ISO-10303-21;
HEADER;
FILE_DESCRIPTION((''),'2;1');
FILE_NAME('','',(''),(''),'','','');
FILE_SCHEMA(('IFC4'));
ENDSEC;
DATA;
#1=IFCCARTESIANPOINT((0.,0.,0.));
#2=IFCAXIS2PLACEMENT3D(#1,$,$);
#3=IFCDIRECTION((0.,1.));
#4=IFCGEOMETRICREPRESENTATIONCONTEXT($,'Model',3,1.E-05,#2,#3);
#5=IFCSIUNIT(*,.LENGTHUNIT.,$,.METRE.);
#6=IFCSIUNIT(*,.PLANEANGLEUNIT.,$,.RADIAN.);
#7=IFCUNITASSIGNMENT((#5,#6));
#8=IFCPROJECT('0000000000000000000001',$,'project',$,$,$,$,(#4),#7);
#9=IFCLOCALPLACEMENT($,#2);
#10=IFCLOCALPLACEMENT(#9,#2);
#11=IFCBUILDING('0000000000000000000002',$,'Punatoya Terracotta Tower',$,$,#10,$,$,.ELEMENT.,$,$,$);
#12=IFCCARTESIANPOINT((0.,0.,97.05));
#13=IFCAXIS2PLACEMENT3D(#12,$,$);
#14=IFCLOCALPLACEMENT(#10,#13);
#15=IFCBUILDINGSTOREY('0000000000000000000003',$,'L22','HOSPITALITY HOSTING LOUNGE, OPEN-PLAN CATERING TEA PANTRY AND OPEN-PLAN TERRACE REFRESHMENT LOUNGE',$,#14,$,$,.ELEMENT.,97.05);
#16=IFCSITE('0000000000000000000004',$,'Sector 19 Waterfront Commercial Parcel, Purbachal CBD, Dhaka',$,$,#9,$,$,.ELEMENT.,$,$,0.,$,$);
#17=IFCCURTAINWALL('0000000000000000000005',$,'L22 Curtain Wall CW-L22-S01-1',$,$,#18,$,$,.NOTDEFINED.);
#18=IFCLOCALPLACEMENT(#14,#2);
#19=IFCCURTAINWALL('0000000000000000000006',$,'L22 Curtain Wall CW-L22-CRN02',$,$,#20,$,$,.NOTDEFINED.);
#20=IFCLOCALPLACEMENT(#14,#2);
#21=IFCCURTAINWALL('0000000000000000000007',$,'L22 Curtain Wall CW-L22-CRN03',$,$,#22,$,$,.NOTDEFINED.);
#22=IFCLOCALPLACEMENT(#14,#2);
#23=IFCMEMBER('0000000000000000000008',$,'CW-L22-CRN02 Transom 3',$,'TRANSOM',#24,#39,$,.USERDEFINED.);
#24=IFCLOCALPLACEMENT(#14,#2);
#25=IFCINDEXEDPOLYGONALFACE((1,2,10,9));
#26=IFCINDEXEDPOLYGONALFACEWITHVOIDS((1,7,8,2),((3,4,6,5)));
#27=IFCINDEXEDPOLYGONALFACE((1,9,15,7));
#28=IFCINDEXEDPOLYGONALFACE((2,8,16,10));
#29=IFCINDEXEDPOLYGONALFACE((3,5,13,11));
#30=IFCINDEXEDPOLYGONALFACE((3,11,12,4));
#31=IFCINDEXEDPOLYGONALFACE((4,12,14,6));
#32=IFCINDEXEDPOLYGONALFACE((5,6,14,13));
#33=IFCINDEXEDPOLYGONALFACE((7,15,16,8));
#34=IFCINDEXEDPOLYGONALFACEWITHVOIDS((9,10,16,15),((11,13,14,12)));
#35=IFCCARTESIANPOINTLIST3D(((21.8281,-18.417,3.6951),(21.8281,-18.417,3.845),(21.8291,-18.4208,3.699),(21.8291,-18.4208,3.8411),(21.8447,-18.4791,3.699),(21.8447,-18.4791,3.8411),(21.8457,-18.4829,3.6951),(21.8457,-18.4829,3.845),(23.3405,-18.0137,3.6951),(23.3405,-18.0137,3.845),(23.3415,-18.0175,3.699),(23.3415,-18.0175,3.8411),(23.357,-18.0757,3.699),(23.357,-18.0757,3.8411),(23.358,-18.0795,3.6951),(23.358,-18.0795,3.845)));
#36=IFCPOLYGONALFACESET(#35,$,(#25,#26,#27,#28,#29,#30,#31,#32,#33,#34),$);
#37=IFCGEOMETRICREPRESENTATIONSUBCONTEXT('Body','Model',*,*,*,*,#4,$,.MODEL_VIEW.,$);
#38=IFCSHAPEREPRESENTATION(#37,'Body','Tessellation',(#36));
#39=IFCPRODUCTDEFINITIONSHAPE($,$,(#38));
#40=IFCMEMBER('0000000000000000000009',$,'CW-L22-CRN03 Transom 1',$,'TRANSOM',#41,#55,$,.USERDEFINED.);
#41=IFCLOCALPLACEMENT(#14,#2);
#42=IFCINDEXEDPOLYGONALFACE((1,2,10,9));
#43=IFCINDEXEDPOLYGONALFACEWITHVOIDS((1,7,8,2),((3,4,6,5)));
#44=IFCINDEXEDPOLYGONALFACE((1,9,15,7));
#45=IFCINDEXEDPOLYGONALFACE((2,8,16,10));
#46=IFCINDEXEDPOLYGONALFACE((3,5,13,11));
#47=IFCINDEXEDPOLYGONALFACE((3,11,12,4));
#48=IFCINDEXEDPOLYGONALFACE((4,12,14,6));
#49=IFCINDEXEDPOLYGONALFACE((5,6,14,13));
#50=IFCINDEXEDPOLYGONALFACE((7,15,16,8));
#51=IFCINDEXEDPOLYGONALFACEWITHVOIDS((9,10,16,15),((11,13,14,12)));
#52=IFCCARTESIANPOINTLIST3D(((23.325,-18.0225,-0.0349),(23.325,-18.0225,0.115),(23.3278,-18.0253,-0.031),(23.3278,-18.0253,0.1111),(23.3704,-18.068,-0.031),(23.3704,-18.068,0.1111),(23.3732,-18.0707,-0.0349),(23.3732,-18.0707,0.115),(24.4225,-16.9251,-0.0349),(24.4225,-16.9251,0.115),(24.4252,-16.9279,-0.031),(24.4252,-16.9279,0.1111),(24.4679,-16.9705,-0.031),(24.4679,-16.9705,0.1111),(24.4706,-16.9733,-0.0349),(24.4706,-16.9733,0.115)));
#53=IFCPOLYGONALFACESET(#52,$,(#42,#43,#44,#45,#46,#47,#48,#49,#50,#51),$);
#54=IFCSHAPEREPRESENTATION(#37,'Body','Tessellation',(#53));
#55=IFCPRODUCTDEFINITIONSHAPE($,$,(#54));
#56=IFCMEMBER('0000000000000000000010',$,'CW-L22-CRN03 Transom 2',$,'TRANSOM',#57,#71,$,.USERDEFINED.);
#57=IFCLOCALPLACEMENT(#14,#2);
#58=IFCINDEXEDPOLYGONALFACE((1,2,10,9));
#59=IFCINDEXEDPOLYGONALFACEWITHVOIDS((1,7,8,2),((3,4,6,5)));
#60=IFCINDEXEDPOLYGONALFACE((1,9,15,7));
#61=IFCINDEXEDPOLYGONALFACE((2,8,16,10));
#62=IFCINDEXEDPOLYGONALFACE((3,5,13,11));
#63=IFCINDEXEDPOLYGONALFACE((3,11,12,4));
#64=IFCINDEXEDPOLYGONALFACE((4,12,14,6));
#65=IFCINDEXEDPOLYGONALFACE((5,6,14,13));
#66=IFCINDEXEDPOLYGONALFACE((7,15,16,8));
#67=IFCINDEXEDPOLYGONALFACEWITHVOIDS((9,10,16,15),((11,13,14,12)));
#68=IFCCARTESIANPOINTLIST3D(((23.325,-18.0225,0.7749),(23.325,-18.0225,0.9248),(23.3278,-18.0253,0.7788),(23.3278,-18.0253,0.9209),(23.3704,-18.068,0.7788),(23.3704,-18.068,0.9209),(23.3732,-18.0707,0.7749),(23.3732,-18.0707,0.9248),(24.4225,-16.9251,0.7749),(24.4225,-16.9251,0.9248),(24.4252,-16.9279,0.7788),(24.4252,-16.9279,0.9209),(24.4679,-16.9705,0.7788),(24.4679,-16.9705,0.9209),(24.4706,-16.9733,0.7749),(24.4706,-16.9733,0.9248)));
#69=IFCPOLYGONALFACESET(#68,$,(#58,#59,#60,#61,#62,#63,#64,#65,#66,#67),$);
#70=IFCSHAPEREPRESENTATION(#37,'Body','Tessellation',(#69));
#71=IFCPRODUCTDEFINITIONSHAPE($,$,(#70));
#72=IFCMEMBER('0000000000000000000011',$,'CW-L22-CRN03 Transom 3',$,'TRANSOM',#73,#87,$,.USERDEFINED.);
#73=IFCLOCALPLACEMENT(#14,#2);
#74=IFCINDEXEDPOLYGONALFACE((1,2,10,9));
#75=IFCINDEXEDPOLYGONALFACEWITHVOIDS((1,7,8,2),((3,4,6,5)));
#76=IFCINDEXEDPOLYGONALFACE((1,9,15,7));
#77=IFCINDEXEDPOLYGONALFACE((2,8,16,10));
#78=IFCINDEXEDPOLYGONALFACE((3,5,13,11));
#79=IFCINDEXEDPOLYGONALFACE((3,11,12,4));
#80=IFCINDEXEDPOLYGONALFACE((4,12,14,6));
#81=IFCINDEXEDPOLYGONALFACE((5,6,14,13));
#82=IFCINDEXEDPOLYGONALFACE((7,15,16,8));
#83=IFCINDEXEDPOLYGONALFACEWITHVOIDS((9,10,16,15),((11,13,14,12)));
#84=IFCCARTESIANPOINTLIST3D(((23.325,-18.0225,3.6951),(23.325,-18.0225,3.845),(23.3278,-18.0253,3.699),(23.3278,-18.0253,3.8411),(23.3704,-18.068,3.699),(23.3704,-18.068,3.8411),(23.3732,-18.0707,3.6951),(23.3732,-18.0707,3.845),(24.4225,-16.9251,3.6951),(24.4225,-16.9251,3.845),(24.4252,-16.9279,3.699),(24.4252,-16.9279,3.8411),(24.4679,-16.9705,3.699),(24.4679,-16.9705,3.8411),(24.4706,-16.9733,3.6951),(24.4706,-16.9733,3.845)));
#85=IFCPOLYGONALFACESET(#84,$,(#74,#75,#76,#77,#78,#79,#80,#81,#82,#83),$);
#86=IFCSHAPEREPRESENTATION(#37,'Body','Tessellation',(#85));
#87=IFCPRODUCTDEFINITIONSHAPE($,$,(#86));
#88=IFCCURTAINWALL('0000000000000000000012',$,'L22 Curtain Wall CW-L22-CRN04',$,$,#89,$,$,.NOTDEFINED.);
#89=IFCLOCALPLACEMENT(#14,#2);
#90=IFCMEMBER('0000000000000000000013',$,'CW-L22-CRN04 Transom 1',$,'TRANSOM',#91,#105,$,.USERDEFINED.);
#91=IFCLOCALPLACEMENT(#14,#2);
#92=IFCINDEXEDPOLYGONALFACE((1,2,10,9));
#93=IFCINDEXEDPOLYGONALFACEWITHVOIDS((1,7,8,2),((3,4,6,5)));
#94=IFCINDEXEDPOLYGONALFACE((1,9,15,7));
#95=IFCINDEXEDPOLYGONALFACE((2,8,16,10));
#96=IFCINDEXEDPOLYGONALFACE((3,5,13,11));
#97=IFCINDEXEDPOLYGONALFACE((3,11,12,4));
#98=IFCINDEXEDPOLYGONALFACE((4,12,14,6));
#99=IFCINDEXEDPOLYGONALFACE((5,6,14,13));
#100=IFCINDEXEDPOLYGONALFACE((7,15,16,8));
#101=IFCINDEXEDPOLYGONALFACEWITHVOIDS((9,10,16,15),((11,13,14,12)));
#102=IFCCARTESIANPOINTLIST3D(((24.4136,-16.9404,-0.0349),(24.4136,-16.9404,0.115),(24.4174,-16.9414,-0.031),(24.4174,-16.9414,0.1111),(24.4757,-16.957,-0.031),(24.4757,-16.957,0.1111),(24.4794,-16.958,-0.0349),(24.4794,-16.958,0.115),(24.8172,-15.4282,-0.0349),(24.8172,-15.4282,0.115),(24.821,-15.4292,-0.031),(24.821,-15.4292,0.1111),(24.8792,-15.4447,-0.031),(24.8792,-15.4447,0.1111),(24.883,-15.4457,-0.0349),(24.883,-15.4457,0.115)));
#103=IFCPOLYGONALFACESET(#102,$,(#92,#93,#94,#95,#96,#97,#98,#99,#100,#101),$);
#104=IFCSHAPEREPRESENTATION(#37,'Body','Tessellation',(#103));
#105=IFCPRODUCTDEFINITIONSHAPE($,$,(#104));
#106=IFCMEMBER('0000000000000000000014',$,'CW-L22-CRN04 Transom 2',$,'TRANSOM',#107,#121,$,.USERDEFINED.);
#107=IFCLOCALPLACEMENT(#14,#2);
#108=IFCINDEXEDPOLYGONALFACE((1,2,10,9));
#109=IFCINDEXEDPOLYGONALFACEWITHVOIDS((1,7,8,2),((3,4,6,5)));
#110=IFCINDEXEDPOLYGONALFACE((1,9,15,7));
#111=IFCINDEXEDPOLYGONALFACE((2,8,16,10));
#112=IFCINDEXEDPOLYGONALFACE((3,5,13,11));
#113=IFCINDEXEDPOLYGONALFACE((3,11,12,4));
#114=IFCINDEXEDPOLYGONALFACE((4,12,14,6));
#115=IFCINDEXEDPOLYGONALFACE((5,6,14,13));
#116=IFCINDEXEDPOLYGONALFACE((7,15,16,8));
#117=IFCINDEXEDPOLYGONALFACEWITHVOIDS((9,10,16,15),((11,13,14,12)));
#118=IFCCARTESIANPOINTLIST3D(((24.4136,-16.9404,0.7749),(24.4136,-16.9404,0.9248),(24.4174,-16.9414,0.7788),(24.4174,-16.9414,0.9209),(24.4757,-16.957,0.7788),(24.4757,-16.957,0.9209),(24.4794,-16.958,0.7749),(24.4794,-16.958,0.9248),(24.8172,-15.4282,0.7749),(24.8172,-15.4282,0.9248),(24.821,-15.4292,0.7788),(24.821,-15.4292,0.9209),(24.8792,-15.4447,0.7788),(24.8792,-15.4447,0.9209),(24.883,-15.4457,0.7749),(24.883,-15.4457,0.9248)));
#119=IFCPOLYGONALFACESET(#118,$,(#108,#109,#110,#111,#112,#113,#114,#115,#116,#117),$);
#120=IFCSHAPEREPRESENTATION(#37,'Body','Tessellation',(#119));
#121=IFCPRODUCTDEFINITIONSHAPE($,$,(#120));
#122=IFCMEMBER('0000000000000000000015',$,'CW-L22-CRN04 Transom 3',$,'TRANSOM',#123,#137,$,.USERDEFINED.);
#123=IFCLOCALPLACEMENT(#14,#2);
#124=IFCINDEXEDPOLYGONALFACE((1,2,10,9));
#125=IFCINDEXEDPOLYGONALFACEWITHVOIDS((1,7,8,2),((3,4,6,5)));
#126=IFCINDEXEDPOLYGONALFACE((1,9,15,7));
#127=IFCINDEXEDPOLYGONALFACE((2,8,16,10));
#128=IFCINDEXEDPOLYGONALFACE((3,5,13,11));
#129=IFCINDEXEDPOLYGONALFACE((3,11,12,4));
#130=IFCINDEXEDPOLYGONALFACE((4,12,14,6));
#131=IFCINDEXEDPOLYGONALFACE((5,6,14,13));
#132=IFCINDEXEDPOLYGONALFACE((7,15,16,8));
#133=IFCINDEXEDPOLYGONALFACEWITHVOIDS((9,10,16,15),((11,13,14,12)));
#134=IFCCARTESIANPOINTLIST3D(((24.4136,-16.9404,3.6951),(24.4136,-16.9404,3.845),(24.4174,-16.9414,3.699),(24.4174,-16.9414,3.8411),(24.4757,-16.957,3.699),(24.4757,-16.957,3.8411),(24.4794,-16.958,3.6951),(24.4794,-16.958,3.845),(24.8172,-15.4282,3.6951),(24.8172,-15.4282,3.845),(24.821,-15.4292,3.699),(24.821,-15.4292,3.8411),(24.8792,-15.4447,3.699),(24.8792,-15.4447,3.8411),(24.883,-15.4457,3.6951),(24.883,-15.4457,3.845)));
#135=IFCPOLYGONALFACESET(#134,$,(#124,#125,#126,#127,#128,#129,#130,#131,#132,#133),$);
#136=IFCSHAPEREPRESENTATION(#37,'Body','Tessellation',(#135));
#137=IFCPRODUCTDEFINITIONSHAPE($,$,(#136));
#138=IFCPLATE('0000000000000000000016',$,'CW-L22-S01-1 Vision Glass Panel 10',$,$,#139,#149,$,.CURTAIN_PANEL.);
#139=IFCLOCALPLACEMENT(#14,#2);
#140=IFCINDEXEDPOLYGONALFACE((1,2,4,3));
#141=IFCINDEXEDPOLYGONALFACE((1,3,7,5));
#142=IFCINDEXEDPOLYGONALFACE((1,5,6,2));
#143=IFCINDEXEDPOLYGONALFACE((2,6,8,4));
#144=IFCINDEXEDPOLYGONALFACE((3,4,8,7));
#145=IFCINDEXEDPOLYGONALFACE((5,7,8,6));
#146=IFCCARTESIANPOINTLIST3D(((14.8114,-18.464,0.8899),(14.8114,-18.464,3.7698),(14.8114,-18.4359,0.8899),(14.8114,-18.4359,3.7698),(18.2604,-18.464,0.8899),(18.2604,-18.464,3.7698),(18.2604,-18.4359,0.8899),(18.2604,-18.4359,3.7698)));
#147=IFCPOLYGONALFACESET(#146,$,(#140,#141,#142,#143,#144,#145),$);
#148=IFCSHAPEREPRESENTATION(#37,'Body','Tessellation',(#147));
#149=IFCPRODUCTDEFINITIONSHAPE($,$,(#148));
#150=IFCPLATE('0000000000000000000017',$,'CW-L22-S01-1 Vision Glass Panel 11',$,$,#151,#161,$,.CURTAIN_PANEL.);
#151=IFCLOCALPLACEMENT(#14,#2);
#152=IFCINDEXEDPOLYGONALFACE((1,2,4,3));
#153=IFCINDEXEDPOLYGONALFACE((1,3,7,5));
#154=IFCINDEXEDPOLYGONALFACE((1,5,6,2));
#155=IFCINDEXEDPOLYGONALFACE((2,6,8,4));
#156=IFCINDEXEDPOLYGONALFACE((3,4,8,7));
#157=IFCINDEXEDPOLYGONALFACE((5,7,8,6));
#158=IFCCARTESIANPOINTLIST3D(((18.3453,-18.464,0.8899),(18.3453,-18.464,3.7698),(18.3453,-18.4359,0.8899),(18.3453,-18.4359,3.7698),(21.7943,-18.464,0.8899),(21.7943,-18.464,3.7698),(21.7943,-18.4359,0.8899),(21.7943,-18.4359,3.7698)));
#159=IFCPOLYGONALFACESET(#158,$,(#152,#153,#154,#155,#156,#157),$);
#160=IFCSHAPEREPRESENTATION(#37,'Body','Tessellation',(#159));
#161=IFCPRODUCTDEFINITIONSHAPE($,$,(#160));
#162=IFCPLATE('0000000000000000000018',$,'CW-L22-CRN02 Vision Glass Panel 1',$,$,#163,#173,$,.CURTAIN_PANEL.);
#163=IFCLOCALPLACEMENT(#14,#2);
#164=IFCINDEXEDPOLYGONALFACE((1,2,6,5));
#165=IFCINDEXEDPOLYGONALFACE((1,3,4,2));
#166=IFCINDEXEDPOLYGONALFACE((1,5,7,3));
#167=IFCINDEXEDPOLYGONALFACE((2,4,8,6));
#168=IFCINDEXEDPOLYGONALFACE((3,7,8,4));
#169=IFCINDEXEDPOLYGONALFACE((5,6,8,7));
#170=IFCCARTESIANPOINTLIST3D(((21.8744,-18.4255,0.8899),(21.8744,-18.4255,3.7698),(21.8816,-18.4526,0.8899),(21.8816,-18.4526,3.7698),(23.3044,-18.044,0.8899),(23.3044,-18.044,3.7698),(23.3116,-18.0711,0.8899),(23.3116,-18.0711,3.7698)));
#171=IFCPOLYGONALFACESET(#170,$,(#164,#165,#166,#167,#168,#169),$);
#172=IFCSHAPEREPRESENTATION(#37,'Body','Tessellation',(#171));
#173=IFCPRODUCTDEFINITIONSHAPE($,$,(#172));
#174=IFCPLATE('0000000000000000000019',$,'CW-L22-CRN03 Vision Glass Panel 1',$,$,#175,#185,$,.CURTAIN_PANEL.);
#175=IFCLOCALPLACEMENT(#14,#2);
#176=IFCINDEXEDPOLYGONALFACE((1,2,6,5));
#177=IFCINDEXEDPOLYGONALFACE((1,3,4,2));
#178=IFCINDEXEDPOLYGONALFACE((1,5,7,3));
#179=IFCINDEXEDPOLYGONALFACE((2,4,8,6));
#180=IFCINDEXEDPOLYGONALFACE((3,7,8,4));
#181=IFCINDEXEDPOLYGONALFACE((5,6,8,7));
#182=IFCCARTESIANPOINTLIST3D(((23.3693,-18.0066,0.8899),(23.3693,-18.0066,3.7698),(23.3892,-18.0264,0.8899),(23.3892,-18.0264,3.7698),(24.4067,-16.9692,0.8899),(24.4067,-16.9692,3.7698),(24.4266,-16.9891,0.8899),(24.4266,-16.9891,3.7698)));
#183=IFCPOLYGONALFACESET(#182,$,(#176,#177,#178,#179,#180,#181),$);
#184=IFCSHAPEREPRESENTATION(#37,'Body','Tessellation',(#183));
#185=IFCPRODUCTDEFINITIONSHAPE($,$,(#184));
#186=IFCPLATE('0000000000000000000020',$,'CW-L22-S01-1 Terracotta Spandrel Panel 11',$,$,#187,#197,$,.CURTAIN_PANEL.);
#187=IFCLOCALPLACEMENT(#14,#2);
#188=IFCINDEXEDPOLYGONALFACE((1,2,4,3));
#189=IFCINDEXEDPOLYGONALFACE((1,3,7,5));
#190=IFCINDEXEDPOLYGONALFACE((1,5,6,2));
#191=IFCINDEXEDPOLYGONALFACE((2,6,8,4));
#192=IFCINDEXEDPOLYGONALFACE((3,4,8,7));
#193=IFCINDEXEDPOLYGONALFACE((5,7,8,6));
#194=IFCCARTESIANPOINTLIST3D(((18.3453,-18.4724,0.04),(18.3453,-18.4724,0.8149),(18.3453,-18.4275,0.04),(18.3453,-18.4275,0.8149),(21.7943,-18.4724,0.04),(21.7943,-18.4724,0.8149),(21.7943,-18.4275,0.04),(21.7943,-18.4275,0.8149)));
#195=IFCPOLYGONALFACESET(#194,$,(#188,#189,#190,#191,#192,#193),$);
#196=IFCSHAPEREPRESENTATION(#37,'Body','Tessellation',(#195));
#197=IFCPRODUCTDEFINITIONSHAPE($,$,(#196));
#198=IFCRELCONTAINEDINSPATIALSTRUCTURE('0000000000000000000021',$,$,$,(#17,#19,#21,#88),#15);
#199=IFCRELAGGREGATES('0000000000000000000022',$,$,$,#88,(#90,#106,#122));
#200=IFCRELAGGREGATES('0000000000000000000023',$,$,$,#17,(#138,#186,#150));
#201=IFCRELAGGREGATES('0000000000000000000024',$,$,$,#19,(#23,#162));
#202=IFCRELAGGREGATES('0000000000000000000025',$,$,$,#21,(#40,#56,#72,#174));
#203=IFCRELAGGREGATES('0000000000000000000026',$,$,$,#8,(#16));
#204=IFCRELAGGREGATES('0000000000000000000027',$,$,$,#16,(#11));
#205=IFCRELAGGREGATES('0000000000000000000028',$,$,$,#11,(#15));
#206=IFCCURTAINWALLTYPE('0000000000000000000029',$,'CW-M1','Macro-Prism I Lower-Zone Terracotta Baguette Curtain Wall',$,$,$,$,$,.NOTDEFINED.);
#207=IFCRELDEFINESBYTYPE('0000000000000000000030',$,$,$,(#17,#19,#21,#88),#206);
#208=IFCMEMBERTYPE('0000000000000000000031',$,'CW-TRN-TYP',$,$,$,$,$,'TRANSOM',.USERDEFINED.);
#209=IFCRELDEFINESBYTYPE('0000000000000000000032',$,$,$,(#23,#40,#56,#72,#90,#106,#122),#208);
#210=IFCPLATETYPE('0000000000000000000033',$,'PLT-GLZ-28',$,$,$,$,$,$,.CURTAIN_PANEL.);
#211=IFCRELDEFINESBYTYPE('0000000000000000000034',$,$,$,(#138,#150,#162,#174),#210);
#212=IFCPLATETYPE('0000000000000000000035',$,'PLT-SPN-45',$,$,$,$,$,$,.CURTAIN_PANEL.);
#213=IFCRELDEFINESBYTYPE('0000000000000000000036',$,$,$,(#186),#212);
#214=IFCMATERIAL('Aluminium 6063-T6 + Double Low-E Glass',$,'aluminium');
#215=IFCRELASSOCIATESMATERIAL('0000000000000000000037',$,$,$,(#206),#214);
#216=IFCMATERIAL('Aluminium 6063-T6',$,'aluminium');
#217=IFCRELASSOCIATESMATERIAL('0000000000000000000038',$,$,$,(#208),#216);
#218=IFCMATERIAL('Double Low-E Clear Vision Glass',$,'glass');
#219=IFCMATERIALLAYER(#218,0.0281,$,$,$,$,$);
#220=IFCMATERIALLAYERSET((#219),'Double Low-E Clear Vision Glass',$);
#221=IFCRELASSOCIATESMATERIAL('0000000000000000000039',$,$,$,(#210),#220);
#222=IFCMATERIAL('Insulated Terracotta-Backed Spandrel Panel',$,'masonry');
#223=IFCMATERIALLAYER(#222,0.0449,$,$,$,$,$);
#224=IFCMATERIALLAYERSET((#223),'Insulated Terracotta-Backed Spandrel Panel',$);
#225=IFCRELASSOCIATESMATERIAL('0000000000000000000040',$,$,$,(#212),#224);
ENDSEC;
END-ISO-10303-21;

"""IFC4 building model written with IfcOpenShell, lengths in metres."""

from ifc_helpers import new_model, si_unit, direction, frame, origin, origin_2d, place, context, subcontext, project, spatial, rectangle, hollow_rectangle, extrude, material, layer, layer_set, material_profile, profile_set, type_object, element, aggregate, save


model = new_model("IFC4")

# Units and contexts
model_context = context("Model", 3, precision=1e-05, world=origin(), true_north=direction((0.0, 1.0)))
body_context = subcontext(model_context, "Body", "Model", "MODEL_VIEW")
ifc_project = project(units=[si_unit("LENGTHUNIT", "METRE"), si_unit("PLANEANGLEUNIT", "RADIAN")], contexts=[model_context])

# Site, building, storey
site_placement = place(None, origin())
site = spatial("IfcSite", under=ifc_project, at=site_placement, Name="Sector 19 Waterfront Commercial Parcel, Purbachal CBD, Dhaka", CompositionType="ELEMENT", RefElevation=0.0)
building_placement = place(site_placement, origin())
building = spatial("IfcBuilding", under=site, at=building_placement, Name="Punatoya Terracotta Tower", CompositionType="ELEMENT")
storey_placement = place(building_placement, frame((0.0, 0.0, 97.05)))
storey = spatial("IfcBuildingStorey", under=building, at=storey_placement, Name="L22", Description="HOSPITALITY HOSTING LOUNGE, OPEN-PLAN CATERING TEA PANTRY AND OPEN-PLAN TERRACE REFRESHMENT LOUNGE", CompositionType="ELEMENT", Elevation=97.05)

# Curtain walls
ifc_material_1 = material(Name="Aluminium 6063-T6 + Double Low-E Glass", Category="aluminium")
curtain_wall_type = type_object("IfcCurtainWallType", Name="CW-M1", Description="Macro-Prism I Lower-Zone Terracotta Baguette Curtain Wall", PredefinedType="NOTDEFINED", material=ifc_material_1)
curtain_wall_1_placement = place(storey_placement, origin())
curtain_wall_1 = element("IfcCurtainWall", 1, at=curtain_wall_1_placement, inside=storey, type_object=curtain_wall_type, Name="L22 Curtain Wall CW-L22-S01-1", PredefinedType="NOTDEFINED")
ifc_material_2 = material(Name="Aluminium 6063-T6", Category="aluminium")
curtain_wall_2_placement = place(storey_placement, origin())
curtain_wall_2 = element("IfcCurtainWall", 2, at=curtain_wall_2_placement, inside=storey, type_object=curtain_wall_type, Name="L22 Curtain Wall CW-L22-CRN02", PredefinedType="NOTDEFINED")
curtain_wall_3_placement = place(storey_placement, origin())
curtain_wall_3 = element("IfcCurtainWall", 3, at=curtain_wall_3_placement, inside=storey, type_object=curtain_wall_type, Name="L22 Curtain Wall CW-L22-CRN03", PredefinedType="NOTDEFINED")

# Members
ifc_material_profile_1 = material_profile(ifc_material_2, hollow_rectangle(XDim=0.0681, YDim=0.1499, WallThickness=0.0039, at=origin_2d()))
ifc_profile_set_1 = profile_set([ifc_material_profile_1], Name="Aluminium 6063-T6")
member_type_1 = type_object("IfcMemberType", Name="CW-TRN-TYP", ElementType="TRANSOM", PredefinedType="USERDEFINED", material=ifc_profile_set_1)
member_1_placement = place(storey_placement, frame((21.8369, -18.45, 3.77), z_axis=(0.966225, 0.257701, 0.0), x_axis=(-0.257701, 0.966225, 0.0)))
member_1 = element("IfcMember", 4, at=member_1_placement, type_object=member_type_1, Name="CW-L22-CRN02 Transom 3", ObjectType="TRANSOM", PredefinedType="USERDEFINED", context=body_context, shape_type="SweptSolid", body=[
    extrude(hollow_rectangle(XDim=0.0681, YDim=0.1499, WallThickness=0.0039, at=origin_2d()), origin(), (0.0, 0.0, 1.0), 1.5652),
])
member_2_placement = place(storey_placement, frame((23.3491, -18.0466, 0.04), z_axis=(0.707107, 0.707107, 0.0), x_axis=(-0.707107, 0.707107, 0.0)))
member_2 = element("IfcMember", 5, at=member_2_placement, type_object=member_type_1, Name="CW-L22-CRN03 Transom 1", ObjectType="TRANSOM", PredefinedType="USERDEFINED", context=body_context, shape_type="SweptSolid", body=[
    extrude(hollow_rectangle(XDim=0.0681, YDim=0.1499, WallThickness=0.0039, at=origin_2d()), origin(), (0.0, 0.0, 1.0), 1.552),
])
member_3_placement = place(storey_placement, frame((23.3491, -18.0466, 0.8499), z_axis=(0.707107, 0.707107, 0.0), x_axis=(-0.707107, 0.707107, 0.0)))
member_3 = element("IfcMember", 6, at=member_3_placement, type_object=member_type_1, Name="CW-L22-CRN03 Transom 2", ObjectType="TRANSOM", PredefinedType="USERDEFINED", context=body_context, shape_type="SweptSolid", body=[
    extrude(hollow_rectangle(XDim=0.0681, YDim=0.1499, WallThickness=0.0039, at=origin_2d()), origin(), (0.0, 0.0, 1.0), 1.552),
])
member_4_placement = place(storey_placement, frame((23.3491, -18.0466, 3.77), z_axis=(0.707107, 0.707107, 0.0), x_axis=(-0.707107, 0.707107, 0.0)))
member_4 = element("IfcMember", 7, at=member_4_placement, type_object=member_type_1, Name="CW-L22-CRN03 Transom 3", ObjectType="TRANSOM", PredefinedType="USERDEFINED", context=body_context, shape_type="SweptSolid", body=[
    extrude(hollow_rectangle(XDim=0.0681, YDim=0.1499, WallThickness=0.0039, at=origin_2d()), origin(), (0.0, 0.0, 1.0), 1.552),
])

# Curtain wall, members
curtain_wall_4_placement = place(storey_placement, origin())
curtain_wall_4 = element("IfcCurtainWall", 8, at=curtain_wall_4_placement, inside=storey, type_object=curtain_wall_type, Name="L22 Curtain Wall CW-L22-CRN04", PredefinedType="NOTDEFINED")
member_5_placement = place(storey_placement, frame((24.4465, -16.9492, 0.04), z_axis=(0.257847, 0.966186, 0.0), x_axis=(-0.966186, 0.257847, 0.0)))
member_5 = element("IfcMember", 9, at=member_5_placement, type_object=member_type_1, Name="CW-L22-CRN04 Transom 1", ObjectType="TRANSOM", PredefinedType="USERDEFINED", context=body_context, shape_type="SweptSolid", body=[
    extrude(hollow_rectangle(XDim=0.0681, YDim=0.1499, WallThickness=0.0039, at=origin_2d()), origin(), (0.0, 0.0, 1.0), 1.5652),
])
member_6_placement = place(storey_placement, frame((24.4465, -16.9492, 0.8499), z_axis=(0.257847, 0.966186, 0.0), x_axis=(-0.966186, 0.257847, 0.0)))
member_6 = element("IfcMember", 10, at=member_6_placement, type_object=member_type_1, Name="CW-L22-CRN04 Transom 2", ObjectType="TRANSOM", PredefinedType="USERDEFINED", context=body_context, shape_type="SweptSolid", body=[
    extrude(hollow_rectangle(XDim=0.0681, YDim=0.1499, WallThickness=0.0039, at=origin_2d()), origin(), (0.0, 0.0, 1.0), 1.5652),
])
member_7_placement = place(storey_placement, frame((24.4465, -16.9492, 3.77), z_axis=(0.257847, 0.966186, 0.0), x_axis=(-0.966186, 0.257847, 0.0)))
member_7 = element("IfcMember", 11, at=member_7_placement, type_object=member_type_1, Name="CW-L22-CRN04 Transom 3", ObjectType="TRANSOM", PredefinedType="USERDEFINED", context=body_context, shape_type="SweptSolid", body=[
    extrude(hollow_rectangle(XDim=0.0681, YDim=0.1499, WallThickness=0.0039, at=origin_2d()), origin(), (0.0, 0.0, 1.0), 1.5652),
])
aggregate(curtain_wall_4, [member_5, member_6, member_7])

# Plates
ifc_material_3 = material(Name="Double Low-E Clear Vision Glass", Category="glass")
ifc_layer_1 = layer(ifc_material_3, 0.0281)
ifc_layer_set_1 = layer_set([ifc_layer_1], Name="Double Low-E Clear Vision Glass")
plate_type_1 = type_object("IfcPlateType", Name="PLT-GLZ-28", PredefinedType="CURTAIN_PANEL", material=ifc_layer_set_1)
plate_1_placement = place(storey_placement, frame((16.5359, -18.45, 0.8899), z_axis=(0.0, 0.0, 1.0), x_axis=(1.0, 0.0, 0.0)))
plate_1 = element("IfcPlate", 12, at=plate_1_placement, type_object=plate_type_1, Name="CW-L22-S01-1 Vision Glass Panel 10", PredefinedType="CURTAIN_PANEL", context=body_context, shape_type="SweptSolid", body=[
    extrude(rectangle(XDim=3.449, YDim=0.0281, at=origin_2d()), origin(), (0.0, 0.0, 1.0), 2.8799),
])
plate_2_placement = place(storey_placement, frame((20.0698, -18.45, 0.8899), z_axis=(0.0, 0.0, 1.0), x_axis=(1.0, 0.0, 0.0)))
plate_2 = element("IfcPlate", 13, at=plate_2_placement, type_object=plate_type_1, Name="CW-L22-S01-1 Vision Glass Panel 11", PredefinedType="CURTAIN_PANEL", context=body_context, shape_type="SweptSolid", body=[
    extrude(rectangle(XDim=3.449, YDim=0.0281, at=origin_2d()), origin(), (0.0, 0.0, 1.0), 2.8799),
])
plate_3_placement = place(storey_placement, frame((22.593, -18.2483, 0.8899), z_axis=(0.0, 0.0, 1.0), x_axis=(0.966214, 0.257742, 0.0)))
plate_3 = element("IfcPlate", 14, at=plate_3_placement, type_object=plate_type_1, Name="CW-L22-CRN02 Vision Glass Panel 1", PredefinedType="CURTAIN_PANEL", context=body_context, shape_type="SweptSolid", body=[
    extrude(rectangle(XDim=1.48, YDim=0.0281, at=origin_2d()), origin(), (0.0, 0.0, 1.0), 2.8799),
])
plate_4_placement = place(storey_placement, frame((23.8979, -17.4978, 0.8899), z_axis=(0.0, 0.0, 1.0), x_axis=(0.707107, 0.707107, 0.0)))
plate_4 = element("IfcPlate", 15, at=plate_4_placement, type_object=plate_type_1, Name="CW-L22-CRN03 Vision Glass Panel 1", PredefinedType="CURTAIN_PANEL", context=body_context, shape_type="SweptSolid", body=[
    extrude(rectangle(XDim=1.467, YDim=0.0281, at=origin_2d()), origin(), (0.0, 0.0, 1.0), 2.8799),
])
ifc_material_4 = material(Name="Insulated Terracotta-Backed Spandrel Panel", Category="masonry")
ifc_layer_2 = layer(ifc_material_4, 0.0449)
ifc_layer_set_2 = layer_set([ifc_layer_2], Name="Insulated Terracotta-Backed Spandrel Panel")
plate_type_2 = type_object("IfcPlateType", Name="PLT-SPN-45", PredefinedType="CURTAIN_PANEL", material=ifc_layer_set_2)
plate_5_placement = place(storey_placement, frame((20.0698, -18.45, 0.04), z_axis=(0.0, 0.0, 1.0), x_axis=(1.0, 0.0, 0.0)))
plate_5 = element("IfcPlate", 16, at=plate_5_placement, type_object=plate_type_2, Name="CW-L22-S01-1 Terracotta Spandrel Panel 11", PredefinedType="CURTAIN_PANEL", context=body_context, shape_type="SweptSolid", body=[
    extrude(rectangle(XDim=3.449, YDim=0.0449, at=origin_2d()), origin(), (0.0, 0.0, 1.0), 0.7749),
])
aggregate(curtain_wall_1, [plate_1, plate_5, plate_2])
aggregate(curtain_wall_2, [member_1, plate_3])
aggregate(curtain_wall_3, [member_2, member_3, member_4, plate_4])

save(model, "model.ifc")
